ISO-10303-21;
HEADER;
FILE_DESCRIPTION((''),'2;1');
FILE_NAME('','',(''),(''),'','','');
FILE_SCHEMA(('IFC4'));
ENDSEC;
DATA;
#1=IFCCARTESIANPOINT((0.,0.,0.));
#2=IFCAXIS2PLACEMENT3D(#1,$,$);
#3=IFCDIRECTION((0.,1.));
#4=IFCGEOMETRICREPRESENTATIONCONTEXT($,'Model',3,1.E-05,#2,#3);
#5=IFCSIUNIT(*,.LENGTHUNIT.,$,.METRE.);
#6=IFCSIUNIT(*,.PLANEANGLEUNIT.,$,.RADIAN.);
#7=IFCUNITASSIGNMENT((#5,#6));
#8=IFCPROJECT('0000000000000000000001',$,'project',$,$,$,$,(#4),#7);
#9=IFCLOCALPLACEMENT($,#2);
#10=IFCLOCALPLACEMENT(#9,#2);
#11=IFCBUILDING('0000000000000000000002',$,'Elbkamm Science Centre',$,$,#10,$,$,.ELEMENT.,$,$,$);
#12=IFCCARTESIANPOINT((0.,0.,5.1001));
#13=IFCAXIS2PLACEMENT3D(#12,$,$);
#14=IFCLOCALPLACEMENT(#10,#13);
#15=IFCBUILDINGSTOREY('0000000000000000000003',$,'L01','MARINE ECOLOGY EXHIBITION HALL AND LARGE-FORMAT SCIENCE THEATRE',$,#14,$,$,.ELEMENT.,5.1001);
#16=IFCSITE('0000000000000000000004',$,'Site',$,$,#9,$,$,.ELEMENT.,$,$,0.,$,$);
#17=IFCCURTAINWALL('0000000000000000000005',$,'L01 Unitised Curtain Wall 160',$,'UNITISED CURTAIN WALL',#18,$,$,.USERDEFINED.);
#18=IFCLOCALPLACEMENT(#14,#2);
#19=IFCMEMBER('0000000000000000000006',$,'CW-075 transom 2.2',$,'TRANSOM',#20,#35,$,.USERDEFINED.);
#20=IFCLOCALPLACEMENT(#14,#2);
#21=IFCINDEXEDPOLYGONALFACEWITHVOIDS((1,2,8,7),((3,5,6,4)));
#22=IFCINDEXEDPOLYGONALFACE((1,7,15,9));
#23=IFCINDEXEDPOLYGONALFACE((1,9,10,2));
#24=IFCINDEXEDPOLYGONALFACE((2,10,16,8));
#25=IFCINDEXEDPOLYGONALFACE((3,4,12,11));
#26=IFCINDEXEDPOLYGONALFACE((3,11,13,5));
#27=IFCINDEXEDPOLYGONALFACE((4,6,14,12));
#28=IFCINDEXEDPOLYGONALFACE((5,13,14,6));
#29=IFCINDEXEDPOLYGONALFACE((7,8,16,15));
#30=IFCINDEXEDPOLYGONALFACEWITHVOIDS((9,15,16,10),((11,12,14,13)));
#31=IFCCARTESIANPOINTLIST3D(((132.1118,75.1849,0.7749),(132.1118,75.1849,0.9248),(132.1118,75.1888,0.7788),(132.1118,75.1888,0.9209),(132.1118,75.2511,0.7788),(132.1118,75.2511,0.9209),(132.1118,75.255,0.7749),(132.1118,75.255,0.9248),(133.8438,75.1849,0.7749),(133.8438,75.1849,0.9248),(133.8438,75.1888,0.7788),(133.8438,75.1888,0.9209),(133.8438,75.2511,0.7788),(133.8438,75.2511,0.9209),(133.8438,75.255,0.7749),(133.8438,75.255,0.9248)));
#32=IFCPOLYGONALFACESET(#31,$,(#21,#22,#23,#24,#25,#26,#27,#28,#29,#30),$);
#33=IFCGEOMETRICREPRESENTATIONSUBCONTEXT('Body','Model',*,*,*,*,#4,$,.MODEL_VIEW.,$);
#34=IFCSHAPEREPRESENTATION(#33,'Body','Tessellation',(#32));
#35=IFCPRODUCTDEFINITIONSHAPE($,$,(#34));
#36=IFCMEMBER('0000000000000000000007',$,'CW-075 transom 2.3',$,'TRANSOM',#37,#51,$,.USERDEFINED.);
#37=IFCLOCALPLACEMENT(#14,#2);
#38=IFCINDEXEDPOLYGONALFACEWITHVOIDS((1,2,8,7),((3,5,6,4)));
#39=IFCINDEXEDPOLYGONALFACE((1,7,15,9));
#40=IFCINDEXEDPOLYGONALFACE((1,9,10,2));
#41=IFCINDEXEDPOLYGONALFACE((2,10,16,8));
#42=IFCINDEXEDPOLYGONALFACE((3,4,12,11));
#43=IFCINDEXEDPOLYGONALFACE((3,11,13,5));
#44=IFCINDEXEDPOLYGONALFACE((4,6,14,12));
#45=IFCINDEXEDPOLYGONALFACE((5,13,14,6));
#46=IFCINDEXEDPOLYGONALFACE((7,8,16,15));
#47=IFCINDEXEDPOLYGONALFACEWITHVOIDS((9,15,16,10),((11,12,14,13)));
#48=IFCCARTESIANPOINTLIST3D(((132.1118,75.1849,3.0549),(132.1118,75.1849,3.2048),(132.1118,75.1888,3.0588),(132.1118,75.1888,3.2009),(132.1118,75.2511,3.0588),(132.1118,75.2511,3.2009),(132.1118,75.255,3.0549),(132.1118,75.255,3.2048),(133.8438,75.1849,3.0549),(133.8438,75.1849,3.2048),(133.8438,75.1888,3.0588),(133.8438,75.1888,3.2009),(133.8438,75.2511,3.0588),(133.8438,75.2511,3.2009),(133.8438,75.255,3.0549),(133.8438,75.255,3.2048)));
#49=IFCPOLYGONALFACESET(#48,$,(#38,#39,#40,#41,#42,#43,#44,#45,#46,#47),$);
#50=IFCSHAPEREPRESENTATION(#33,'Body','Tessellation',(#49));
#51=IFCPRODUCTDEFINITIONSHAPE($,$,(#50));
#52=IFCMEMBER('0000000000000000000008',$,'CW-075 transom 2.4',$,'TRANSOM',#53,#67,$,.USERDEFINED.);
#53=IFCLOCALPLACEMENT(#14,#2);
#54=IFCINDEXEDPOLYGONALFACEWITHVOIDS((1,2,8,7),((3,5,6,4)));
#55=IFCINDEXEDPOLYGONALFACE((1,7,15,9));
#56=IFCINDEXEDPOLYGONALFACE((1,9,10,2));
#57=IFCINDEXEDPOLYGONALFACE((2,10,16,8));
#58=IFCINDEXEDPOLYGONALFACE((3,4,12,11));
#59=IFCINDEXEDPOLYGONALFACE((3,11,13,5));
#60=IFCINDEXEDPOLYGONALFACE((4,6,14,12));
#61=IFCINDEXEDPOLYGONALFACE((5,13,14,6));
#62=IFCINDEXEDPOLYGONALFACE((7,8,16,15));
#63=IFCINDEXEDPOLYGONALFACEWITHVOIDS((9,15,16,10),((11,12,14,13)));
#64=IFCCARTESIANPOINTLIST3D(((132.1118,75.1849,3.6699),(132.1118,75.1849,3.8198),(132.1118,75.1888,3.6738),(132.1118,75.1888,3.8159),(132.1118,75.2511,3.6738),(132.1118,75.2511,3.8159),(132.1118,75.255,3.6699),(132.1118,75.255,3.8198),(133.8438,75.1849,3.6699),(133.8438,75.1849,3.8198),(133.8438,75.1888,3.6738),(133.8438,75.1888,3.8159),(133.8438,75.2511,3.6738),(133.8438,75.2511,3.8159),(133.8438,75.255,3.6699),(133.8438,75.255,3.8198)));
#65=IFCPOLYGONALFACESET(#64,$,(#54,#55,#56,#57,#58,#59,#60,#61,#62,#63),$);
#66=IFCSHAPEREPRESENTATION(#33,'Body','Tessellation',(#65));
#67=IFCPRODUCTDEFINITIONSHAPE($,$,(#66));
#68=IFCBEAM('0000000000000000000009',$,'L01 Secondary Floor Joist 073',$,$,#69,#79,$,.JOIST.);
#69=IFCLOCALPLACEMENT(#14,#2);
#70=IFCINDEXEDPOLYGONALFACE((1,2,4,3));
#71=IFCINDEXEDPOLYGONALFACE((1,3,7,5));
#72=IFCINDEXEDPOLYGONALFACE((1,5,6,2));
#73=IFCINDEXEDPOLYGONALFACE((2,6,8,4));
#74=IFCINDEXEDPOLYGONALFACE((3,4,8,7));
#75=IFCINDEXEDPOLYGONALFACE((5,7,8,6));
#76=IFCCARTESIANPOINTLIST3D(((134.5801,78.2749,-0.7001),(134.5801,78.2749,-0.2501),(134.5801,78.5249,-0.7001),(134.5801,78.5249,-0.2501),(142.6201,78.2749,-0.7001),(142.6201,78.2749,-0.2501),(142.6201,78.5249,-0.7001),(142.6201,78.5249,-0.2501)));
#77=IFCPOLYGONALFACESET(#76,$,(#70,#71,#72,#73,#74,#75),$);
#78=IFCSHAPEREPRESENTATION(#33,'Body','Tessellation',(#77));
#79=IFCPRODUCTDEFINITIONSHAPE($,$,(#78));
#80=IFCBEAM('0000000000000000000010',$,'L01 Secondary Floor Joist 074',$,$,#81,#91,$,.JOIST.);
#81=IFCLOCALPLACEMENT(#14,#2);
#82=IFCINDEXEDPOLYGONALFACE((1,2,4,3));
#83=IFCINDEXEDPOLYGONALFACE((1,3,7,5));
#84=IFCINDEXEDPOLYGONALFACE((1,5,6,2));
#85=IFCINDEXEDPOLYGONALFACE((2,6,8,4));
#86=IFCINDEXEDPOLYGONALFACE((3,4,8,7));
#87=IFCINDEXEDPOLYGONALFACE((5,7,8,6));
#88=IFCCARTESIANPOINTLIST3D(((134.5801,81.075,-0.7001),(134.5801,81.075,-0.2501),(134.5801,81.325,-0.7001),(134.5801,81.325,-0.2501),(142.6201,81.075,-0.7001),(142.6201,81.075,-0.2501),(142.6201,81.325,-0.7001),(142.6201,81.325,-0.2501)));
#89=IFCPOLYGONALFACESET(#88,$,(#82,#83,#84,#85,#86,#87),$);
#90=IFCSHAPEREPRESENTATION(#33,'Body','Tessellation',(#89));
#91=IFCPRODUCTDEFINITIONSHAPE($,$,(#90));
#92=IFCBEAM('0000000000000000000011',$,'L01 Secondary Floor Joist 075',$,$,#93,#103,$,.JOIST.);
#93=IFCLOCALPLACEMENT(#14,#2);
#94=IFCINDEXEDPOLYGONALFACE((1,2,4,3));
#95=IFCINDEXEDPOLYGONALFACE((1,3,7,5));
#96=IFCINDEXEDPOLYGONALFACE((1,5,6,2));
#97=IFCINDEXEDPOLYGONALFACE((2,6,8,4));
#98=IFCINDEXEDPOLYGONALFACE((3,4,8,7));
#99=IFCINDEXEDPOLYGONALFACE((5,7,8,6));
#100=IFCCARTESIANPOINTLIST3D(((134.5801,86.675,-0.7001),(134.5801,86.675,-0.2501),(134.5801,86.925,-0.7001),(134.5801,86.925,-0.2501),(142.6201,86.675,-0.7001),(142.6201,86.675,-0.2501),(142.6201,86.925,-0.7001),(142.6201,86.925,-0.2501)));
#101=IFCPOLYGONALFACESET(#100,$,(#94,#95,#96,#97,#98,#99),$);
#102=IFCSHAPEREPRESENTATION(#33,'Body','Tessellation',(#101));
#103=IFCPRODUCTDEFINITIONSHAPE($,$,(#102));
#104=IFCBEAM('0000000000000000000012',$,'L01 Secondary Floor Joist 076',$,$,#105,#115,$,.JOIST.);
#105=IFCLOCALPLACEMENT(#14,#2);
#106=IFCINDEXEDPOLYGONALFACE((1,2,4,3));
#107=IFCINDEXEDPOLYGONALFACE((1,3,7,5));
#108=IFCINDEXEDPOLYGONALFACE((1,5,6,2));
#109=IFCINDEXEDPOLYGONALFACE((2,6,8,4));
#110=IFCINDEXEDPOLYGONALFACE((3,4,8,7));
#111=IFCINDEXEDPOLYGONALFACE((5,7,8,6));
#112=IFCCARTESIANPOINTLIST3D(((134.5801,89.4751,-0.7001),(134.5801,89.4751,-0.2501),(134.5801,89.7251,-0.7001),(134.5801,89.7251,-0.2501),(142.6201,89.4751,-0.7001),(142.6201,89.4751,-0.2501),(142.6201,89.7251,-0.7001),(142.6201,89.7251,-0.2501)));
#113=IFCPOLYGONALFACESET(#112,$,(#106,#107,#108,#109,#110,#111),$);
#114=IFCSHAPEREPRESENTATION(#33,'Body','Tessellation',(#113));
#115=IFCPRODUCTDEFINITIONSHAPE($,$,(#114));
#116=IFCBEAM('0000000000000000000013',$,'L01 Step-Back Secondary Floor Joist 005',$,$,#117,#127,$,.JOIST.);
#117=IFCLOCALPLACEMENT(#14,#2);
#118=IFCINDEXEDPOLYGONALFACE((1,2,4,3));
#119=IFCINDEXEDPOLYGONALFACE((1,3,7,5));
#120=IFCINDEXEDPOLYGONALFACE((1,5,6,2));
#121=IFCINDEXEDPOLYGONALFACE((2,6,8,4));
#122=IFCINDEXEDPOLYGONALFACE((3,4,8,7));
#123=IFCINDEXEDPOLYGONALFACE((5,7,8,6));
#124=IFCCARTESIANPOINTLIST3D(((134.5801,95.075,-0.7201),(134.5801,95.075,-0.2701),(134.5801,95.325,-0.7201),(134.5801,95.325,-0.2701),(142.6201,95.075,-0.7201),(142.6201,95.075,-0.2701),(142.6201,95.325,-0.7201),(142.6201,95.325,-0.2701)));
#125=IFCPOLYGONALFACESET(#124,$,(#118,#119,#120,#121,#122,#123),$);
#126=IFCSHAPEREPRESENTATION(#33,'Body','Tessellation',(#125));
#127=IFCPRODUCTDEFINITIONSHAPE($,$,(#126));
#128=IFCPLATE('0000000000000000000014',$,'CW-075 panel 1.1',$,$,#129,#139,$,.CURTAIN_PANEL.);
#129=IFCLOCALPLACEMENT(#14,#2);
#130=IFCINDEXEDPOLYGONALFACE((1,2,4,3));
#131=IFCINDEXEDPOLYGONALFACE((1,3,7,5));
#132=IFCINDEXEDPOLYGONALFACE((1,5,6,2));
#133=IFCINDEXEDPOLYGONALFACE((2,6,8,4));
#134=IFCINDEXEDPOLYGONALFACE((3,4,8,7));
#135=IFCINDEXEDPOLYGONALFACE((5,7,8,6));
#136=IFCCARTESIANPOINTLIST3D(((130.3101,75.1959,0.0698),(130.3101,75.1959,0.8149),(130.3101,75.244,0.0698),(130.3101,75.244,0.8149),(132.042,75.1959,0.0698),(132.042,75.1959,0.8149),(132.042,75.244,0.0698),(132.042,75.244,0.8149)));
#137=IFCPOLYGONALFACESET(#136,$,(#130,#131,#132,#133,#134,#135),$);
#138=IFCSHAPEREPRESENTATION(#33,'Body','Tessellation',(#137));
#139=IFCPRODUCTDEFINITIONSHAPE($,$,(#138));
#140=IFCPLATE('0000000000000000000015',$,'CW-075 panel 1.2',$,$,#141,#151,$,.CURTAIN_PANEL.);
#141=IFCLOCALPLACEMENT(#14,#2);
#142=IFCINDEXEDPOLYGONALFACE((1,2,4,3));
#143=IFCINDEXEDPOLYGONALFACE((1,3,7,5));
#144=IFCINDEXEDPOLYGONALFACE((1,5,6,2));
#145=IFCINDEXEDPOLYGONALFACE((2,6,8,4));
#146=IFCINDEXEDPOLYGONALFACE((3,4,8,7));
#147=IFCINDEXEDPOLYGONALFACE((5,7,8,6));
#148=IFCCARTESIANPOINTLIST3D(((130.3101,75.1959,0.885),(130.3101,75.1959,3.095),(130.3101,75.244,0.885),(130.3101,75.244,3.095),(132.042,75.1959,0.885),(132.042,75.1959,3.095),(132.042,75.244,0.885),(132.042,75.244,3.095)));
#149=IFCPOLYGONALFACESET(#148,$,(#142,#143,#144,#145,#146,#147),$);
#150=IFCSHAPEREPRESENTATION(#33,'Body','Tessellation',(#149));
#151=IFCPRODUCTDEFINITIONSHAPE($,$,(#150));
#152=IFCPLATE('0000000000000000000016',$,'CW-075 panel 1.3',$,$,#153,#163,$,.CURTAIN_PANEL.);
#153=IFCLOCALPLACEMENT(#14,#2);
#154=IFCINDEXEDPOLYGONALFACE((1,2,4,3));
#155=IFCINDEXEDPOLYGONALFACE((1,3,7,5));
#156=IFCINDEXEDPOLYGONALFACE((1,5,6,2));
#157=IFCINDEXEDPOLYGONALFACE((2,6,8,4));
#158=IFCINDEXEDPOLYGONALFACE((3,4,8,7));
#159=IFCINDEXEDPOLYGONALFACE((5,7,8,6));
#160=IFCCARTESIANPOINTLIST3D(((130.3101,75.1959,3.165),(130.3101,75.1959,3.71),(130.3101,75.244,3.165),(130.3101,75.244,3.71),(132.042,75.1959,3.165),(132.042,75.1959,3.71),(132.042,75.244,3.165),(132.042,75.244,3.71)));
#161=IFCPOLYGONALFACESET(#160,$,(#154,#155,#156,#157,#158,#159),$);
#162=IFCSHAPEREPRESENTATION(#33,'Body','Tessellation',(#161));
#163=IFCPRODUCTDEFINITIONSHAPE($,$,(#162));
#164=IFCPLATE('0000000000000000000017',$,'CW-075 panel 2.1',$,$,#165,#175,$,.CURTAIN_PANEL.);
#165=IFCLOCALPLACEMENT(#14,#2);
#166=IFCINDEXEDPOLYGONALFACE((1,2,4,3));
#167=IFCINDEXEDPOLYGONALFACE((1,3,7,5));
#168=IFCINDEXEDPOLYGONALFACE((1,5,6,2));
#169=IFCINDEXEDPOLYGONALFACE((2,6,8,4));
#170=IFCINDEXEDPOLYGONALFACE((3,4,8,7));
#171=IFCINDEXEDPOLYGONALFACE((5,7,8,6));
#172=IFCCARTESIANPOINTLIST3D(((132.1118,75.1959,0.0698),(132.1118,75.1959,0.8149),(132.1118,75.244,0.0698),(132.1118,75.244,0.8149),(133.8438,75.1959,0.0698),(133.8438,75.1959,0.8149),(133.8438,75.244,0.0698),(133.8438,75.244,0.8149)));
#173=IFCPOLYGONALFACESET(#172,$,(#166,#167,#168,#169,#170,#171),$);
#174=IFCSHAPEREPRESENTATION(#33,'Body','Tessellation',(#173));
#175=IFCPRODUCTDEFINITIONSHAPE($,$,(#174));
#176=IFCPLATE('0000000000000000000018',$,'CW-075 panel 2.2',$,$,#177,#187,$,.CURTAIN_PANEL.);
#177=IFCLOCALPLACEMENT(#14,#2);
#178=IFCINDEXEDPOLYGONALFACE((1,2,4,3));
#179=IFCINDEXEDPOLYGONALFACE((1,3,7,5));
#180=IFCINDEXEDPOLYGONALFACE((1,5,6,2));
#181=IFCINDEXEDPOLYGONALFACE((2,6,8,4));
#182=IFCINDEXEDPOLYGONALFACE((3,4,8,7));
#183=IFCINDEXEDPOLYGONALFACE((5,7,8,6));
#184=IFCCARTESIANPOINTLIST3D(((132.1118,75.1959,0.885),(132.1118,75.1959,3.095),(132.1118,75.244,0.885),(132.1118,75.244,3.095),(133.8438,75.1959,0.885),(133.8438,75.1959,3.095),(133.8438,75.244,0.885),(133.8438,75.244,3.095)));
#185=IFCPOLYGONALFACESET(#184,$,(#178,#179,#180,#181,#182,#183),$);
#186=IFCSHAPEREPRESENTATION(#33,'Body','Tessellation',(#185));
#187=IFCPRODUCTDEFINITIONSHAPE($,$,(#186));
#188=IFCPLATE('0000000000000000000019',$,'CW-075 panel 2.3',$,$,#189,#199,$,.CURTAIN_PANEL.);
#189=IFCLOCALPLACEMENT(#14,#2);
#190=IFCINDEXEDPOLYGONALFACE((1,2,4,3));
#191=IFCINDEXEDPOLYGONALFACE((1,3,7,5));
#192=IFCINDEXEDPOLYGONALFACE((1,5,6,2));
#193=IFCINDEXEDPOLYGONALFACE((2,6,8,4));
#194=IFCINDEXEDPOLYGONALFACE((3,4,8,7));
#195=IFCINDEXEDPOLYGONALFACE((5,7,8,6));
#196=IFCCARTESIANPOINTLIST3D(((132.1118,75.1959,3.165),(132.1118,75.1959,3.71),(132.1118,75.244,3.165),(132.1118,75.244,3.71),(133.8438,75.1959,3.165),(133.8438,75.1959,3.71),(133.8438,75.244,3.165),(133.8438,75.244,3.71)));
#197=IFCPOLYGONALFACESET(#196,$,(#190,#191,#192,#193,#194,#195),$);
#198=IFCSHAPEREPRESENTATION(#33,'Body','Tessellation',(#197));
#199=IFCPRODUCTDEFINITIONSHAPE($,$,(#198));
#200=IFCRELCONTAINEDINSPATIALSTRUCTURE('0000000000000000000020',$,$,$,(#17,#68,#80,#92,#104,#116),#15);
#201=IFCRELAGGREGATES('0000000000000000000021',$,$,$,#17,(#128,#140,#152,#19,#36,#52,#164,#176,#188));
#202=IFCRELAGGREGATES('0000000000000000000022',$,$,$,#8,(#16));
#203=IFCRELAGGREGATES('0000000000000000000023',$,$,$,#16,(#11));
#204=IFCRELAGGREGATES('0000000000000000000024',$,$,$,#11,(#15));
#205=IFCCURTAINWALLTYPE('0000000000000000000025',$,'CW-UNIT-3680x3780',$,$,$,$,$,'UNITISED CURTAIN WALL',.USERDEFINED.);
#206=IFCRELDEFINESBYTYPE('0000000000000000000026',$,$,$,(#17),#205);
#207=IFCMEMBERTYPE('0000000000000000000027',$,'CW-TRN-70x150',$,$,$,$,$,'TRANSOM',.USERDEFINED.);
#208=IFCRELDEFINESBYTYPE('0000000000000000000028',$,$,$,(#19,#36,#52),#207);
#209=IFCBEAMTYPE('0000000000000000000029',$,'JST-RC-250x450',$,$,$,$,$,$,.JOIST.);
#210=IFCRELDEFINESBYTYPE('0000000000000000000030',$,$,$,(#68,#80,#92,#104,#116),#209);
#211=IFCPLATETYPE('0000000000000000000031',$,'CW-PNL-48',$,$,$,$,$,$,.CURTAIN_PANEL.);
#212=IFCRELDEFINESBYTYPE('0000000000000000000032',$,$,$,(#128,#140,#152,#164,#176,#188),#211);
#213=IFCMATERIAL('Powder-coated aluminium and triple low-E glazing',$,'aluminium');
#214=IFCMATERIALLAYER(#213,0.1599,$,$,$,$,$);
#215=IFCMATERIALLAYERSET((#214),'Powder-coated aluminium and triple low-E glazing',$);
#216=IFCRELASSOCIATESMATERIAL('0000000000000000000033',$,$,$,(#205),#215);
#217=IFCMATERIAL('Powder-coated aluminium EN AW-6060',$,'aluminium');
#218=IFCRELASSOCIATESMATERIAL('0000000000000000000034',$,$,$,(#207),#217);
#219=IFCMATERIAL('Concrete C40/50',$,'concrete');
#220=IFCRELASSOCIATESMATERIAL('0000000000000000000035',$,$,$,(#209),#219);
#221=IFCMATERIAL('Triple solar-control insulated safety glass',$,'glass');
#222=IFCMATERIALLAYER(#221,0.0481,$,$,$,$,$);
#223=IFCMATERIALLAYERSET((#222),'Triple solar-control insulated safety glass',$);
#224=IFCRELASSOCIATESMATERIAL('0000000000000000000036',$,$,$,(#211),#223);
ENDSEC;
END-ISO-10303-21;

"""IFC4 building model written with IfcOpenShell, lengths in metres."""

from ifc_helpers import new_model, si_unit, direction, frame, origin, origin_2d, place, context, subcontext, project, spatial, rectangle, hollow_rectangle, extrude, material, layer, layer_set, material_profile, profile_set, type_object, element, aggregate, save


model = new_model("IFC4")

# Units and contexts
model_context = context("Model", 3, precision=1e-05, world=origin(), true_north=direction((0.0, 1.0)))
body_context = subcontext(model_context, "Body", "Model", "MODEL_VIEW")
ifc_project = project(units=[si_unit("LENGTHUNIT", "METRE"), si_unit("PLANEANGLEUNIT", "RADIAN")], contexts=[model_context])

# Site, building, storey
site_placement = place(None, origin())
site = spatial("IfcSite", under=ifc_project, at=site_placement, Name="Site", CompositionType="ELEMENT", RefElevation=0.0)
building_placement = place(site_placement, origin())
building = spatial("IfcBuilding", under=site, at=building_placement, Name="Elbkamm Science Centre", CompositionType="ELEMENT")
storey_placement = place(building_placement, frame((0.0, 0.0, 5.1001)))
storey = spatial("IfcBuildingStorey", under=building, at=storey_placement, Name="L01", Description="MARINE ECOLOGY EXHIBITION HALL AND LARGE-FORMAT SCIENCE THEATRE", CompositionType="ELEMENT", Elevation=5.1001)

# Shared definitions
ifc_material_1 = material(Name="Concrete C40/50", Category="concrete")

# Curtain wall, members
ifc_material_2 = material(Name="Powder-coated aluminium and triple low-E glazing", Category="aluminium")
ifc_layer_1 = layer(ifc_material_2, 0.1599)
ifc_layer_set_1 = layer_set([ifc_layer_1], Name="Powder-coated aluminium and triple low-E glazing")
curtain_wall_type = type_object("IfcCurtainWallType", Name="CW-UNIT-3680x3780", ElementType="UNITISED CURTAIN WALL", PredefinedType="USERDEFINED", material=ifc_layer_set_1)
curtain_wall_placement = place(storey_placement, origin())
curtain_wall = element("IfcCurtainWall", 1, at=curtain_wall_placement, inside=storey, type_object=curtain_wall_type, Name="L01 Unitised Curtain Wall 160", ObjectType="UNITISED CURTAIN WALL", PredefinedType="USERDEFINED")
ifc_material_3 = material(Name="Powder-coated aluminium EN AW-6060", Category="aluminium")
ifc_material_profile_1 = material_profile(ifc_material_3, hollow_rectangle(XDim=0.0701, YDim=0.1499, WallThickness=0.0039, at=origin_2d()), Name="ALU T70x150")
ifc_profile_set_1 = profile_set([ifc_material_profile_1], Name="Powder-coated aluminium EN AW-6060")
member_type_1 = type_object("IfcMemberType", Name="CW-TRN-70x150", ElementType="TRANSOM", PredefinedType="USERDEFINED", material=ifc_profile_set_1)
member_1_placement = place(storey_placement, frame((132.1118, 75.22, 0.8499), z_axis=(1.0, 0.0, 0.0), x_axis=(0.0, 1.0, 0.0)))
member_1 = element("IfcMember", 2, at=member_1_placement, type_object=member_type_1, Name="CW-075 transom 2.2", ObjectType="TRANSOM", PredefinedType="USERDEFINED", context=body_context, shape_type="SweptSolid", body=[
    extrude(hollow_rectangle(XDim=0.0701, YDim=0.1499, WallThickness=0.0039, at=origin_2d()), origin(), (0.0, 0.0, 1.0), 1.7319),
])
member_2_placement = place(storey_placement, frame((132.1118, 75.22, 3.1299), z_axis=(1.0, 0.0, 0.0), x_axis=(0.0, 1.0, 0.0)))
member_2 = element("IfcMember", 3, at=member_2_placement, type_object=member_type_1, Name="CW-075 transom 2.3", ObjectType="TRANSOM", PredefinedType="USERDEFINED", context=body_context, shape_type="SweptSolid", body=[
    extrude(hollow_rectangle(XDim=0.0701, YDim=0.1499, WallThickness=0.0039, at=origin_2d()), origin(), (0.0, 0.0, 1.0), 1.7319),
])
member_3_placement = place(storey_placement, frame((132.1118, 75.22, 3.7449), z_axis=(1.0, 0.0, 0.0), x_axis=(0.0, 1.0, 0.0)))
member_3 = element("IfcMember", 4, at=member_3_placement, type_object=member_type_1, Name="CW-075 transom 2.4", ObjectType="TRANSOM", PredefinedType="USERDEFINED", context=body_context, shape_type="SweptSolid", body=[
    extrude(hollow_rectangle(XDim=0.0701, YDim=0.1499, WallThickness=0.0039, at=origin_2d()), origin(), (0.0, 0.0, 1.0), 1.7319),
])

# Beams
ifc_material_profile_2 = material_profile(ifc_material_1, rectangle(XDim=0.25, YDim=0.45, at=origin_2d()), Name="RC 250x450")
ifc_profile_set_2 = profile_set([ifc_material_profile_2], Name="Concrete C40/50")
beam_type_1 = type_object("IfcBeamType", Name="JST-RC-250x450", PredefinedType="JOIST", material=ifc_profile_set_2)
for number, where, z_axis, x_axis, name in (
    (5, (134.5801, 78.3999, -0.4751), (1.0, 0.0, 0.0), (0.0, 1.0, 0.0), "L01 Secondary Floor Joist 073"),
    (6, (134.5801, 81.2, -0.4751), (1.0, 0.0, 0.0), (0.0, 1.0, 0.0), "L01 Secondary Floor Joist 074"),
    (7, (134.5801, 86.8, -0.4751), (1.0, 0.0, 0.0), (0.0, 1.0, 0.0), "L01 Secondary Floor Joist 075"),
    (8, (134.5801, 89.6001, -0.4751), (1.0, 0.0, 0.0), (0.0, 1.0, 0.0), "L01 Secondary Floor Joist 076"),
    (9, (134.5801, 95.2, -0.4951), (1.0, 0.0, 0.0), (0.0, 1.0, 0.0), "L01 Step-Back Secondary Floor Joist 005"),
):
    element("IfcBeam", number, at=place(storey_placement, frame(where, z_axis=z_axis, x_axis=x_axis)), inside=storey, type_object=beam_type_1, Name=name, PredefinedType="JOIST", context=body_context, shape_type="SweptSolid", body=[
        extrude(rectangle(XDim=0.25, YDim=0.45, at=origin_2d()), origin(), (0.0, 0.0, 1.0), 8.04),
    ])

# Plates
ifc_material_4 = material(Name="Triple solar-control insulated safety glass", Category="glass")
ifc_layer_2 = layer(ifc_material_4, 0.0481)
ifc_layer_set_2 = layer_set([ifc_layer_2], Name="Triple solar-control insulated safety glass")
plate_type = type_object("IfcPlateType", Name="CW-PNL-48", PredefinedType="CURTAIN_PANEL", material=ifc_layer_set_2)
plate_1_placement = place(storey_placement, frame((131.176, 75.22, 0.0698), z_axis=(0.0, 0.0, 1.0), x_axis=(1.0, 0.0, 0.0)))
plate_1 = element("IfcPlate", 10, at=plate_1_placement, type_object=plate_type, Name="CW-075 panel 1.1", PredefinedType="CURTAIN_PANEL", context=body_context, shape_type="SweptSolid", body=[
    extrude(rectangle(XDim=1.7319, YDim=0.0481, at=origin_2d()), origin(), (0.0, 0.0, 1.0), 0.7451),
])
plate_2_placement = place(storey_placement, frame((131.176, 75.22, 0.885), z_axis=(0.0, 0.0, 1.0), x_axis=(1.0, 0.0, 0.0)))
plate_2 = element("IfcPlate", 11, at=plate_2_placement, type_object=plate_type, Name="CW-075 panel 1.2", PredefinedType="CURTAIN_PANEL", context=body_context, shape_type="SweptSolid", body=[
    extrude(rectangle(XDim=1.7319, YDim=0.0481, at=origin_2d()), origin(), (0.0, 0.0, 1.0), 2.21),
])
plate_3_placement = place(storey_placement, frame((131.176, 75.22, 3.165), z_axis=(0.0, 0.0, 1.0), x_axis=(1.0, 0.0, 0.0)))
plate_3 = element("IfcPlate", 12, at=plate_3_placement, type_object=plate_type, Name="CW-075 panel 1.3", PredefinedType="CURTAIN_PANEL", context=body_context, shape_type="SweptSolid", body=[
    extrude(rectangle(XDim=1.7319, YDim=0.0481, at=origin_2d()), origin(), (0.0, 0.0, 1.0), 0.5449),
])
plate_4_placement = place(storey_placement, frame((132.9778, 75.22, 0.0698), z_axis=(0.0, 0.0, 1.0), x_axis=(1.0, 0.0, 0.0)))
plate_4 = element("IfcPlate", 13, at=plate_4_placement, type_object=plate_type, Name="CW-075 panel 2.1", PredefinedType="CURTAIN_PANEL", context=body_context, shape_type="SweptSolid", body=[
    extrude(rectangle(XDim=1.7319, YDim=0.0481, at=origin_2d()), origin(), (0.0, 0.0, 1.0), 0.7451),
])
plate_5_placement = place(storey_placement, frame((132.9778, 75.22, 0.885), z_axis=(0.0, 0.0, 1.0), x_axis=(1.0, 0.0, 0.0)))
plate_5 = element("IfcPlate", 14, at=plate_5_placement, type_object=plate_type, Name="CW-075 panel 2.2", PredefinedType="CURTAIN_PANEL", context=body_context, shape_type="SweptSolid", body=[
    extrude(rectangle(XDim=1.7319, YDim=0.0481, at=origin_2d()), origin(), (0.0, 0.0, 1.0), 2.21),
])
plate_6_placement = place(storey_placement, frame((132.9778, 75.22, 3.165), z_axis=(0.0, 0.0, 1.0), x_axis=(1.0, 0.0, 0.0)))
plate_6 = element("IfcPlate", 15, at=plate_6_placement, type_object=plate_type, Name="CW-075 panel 2.3", PredefinedType="CURTAIN_PANEL", context=body_context, shape_type="SweptSolid", body=[
    extrude(rectangle(XDim=1.7319, YDim=0.0481, at=origin_2d()), origin(), (0.0, 0.0, 1.0), 0.5449),
])
aggregate(curtain_wall, [plate_1, plate_2, plate_3, member_1, member_2, member_3, plate_4, plate_5, plate_6])

save(model, "model.ifc")
